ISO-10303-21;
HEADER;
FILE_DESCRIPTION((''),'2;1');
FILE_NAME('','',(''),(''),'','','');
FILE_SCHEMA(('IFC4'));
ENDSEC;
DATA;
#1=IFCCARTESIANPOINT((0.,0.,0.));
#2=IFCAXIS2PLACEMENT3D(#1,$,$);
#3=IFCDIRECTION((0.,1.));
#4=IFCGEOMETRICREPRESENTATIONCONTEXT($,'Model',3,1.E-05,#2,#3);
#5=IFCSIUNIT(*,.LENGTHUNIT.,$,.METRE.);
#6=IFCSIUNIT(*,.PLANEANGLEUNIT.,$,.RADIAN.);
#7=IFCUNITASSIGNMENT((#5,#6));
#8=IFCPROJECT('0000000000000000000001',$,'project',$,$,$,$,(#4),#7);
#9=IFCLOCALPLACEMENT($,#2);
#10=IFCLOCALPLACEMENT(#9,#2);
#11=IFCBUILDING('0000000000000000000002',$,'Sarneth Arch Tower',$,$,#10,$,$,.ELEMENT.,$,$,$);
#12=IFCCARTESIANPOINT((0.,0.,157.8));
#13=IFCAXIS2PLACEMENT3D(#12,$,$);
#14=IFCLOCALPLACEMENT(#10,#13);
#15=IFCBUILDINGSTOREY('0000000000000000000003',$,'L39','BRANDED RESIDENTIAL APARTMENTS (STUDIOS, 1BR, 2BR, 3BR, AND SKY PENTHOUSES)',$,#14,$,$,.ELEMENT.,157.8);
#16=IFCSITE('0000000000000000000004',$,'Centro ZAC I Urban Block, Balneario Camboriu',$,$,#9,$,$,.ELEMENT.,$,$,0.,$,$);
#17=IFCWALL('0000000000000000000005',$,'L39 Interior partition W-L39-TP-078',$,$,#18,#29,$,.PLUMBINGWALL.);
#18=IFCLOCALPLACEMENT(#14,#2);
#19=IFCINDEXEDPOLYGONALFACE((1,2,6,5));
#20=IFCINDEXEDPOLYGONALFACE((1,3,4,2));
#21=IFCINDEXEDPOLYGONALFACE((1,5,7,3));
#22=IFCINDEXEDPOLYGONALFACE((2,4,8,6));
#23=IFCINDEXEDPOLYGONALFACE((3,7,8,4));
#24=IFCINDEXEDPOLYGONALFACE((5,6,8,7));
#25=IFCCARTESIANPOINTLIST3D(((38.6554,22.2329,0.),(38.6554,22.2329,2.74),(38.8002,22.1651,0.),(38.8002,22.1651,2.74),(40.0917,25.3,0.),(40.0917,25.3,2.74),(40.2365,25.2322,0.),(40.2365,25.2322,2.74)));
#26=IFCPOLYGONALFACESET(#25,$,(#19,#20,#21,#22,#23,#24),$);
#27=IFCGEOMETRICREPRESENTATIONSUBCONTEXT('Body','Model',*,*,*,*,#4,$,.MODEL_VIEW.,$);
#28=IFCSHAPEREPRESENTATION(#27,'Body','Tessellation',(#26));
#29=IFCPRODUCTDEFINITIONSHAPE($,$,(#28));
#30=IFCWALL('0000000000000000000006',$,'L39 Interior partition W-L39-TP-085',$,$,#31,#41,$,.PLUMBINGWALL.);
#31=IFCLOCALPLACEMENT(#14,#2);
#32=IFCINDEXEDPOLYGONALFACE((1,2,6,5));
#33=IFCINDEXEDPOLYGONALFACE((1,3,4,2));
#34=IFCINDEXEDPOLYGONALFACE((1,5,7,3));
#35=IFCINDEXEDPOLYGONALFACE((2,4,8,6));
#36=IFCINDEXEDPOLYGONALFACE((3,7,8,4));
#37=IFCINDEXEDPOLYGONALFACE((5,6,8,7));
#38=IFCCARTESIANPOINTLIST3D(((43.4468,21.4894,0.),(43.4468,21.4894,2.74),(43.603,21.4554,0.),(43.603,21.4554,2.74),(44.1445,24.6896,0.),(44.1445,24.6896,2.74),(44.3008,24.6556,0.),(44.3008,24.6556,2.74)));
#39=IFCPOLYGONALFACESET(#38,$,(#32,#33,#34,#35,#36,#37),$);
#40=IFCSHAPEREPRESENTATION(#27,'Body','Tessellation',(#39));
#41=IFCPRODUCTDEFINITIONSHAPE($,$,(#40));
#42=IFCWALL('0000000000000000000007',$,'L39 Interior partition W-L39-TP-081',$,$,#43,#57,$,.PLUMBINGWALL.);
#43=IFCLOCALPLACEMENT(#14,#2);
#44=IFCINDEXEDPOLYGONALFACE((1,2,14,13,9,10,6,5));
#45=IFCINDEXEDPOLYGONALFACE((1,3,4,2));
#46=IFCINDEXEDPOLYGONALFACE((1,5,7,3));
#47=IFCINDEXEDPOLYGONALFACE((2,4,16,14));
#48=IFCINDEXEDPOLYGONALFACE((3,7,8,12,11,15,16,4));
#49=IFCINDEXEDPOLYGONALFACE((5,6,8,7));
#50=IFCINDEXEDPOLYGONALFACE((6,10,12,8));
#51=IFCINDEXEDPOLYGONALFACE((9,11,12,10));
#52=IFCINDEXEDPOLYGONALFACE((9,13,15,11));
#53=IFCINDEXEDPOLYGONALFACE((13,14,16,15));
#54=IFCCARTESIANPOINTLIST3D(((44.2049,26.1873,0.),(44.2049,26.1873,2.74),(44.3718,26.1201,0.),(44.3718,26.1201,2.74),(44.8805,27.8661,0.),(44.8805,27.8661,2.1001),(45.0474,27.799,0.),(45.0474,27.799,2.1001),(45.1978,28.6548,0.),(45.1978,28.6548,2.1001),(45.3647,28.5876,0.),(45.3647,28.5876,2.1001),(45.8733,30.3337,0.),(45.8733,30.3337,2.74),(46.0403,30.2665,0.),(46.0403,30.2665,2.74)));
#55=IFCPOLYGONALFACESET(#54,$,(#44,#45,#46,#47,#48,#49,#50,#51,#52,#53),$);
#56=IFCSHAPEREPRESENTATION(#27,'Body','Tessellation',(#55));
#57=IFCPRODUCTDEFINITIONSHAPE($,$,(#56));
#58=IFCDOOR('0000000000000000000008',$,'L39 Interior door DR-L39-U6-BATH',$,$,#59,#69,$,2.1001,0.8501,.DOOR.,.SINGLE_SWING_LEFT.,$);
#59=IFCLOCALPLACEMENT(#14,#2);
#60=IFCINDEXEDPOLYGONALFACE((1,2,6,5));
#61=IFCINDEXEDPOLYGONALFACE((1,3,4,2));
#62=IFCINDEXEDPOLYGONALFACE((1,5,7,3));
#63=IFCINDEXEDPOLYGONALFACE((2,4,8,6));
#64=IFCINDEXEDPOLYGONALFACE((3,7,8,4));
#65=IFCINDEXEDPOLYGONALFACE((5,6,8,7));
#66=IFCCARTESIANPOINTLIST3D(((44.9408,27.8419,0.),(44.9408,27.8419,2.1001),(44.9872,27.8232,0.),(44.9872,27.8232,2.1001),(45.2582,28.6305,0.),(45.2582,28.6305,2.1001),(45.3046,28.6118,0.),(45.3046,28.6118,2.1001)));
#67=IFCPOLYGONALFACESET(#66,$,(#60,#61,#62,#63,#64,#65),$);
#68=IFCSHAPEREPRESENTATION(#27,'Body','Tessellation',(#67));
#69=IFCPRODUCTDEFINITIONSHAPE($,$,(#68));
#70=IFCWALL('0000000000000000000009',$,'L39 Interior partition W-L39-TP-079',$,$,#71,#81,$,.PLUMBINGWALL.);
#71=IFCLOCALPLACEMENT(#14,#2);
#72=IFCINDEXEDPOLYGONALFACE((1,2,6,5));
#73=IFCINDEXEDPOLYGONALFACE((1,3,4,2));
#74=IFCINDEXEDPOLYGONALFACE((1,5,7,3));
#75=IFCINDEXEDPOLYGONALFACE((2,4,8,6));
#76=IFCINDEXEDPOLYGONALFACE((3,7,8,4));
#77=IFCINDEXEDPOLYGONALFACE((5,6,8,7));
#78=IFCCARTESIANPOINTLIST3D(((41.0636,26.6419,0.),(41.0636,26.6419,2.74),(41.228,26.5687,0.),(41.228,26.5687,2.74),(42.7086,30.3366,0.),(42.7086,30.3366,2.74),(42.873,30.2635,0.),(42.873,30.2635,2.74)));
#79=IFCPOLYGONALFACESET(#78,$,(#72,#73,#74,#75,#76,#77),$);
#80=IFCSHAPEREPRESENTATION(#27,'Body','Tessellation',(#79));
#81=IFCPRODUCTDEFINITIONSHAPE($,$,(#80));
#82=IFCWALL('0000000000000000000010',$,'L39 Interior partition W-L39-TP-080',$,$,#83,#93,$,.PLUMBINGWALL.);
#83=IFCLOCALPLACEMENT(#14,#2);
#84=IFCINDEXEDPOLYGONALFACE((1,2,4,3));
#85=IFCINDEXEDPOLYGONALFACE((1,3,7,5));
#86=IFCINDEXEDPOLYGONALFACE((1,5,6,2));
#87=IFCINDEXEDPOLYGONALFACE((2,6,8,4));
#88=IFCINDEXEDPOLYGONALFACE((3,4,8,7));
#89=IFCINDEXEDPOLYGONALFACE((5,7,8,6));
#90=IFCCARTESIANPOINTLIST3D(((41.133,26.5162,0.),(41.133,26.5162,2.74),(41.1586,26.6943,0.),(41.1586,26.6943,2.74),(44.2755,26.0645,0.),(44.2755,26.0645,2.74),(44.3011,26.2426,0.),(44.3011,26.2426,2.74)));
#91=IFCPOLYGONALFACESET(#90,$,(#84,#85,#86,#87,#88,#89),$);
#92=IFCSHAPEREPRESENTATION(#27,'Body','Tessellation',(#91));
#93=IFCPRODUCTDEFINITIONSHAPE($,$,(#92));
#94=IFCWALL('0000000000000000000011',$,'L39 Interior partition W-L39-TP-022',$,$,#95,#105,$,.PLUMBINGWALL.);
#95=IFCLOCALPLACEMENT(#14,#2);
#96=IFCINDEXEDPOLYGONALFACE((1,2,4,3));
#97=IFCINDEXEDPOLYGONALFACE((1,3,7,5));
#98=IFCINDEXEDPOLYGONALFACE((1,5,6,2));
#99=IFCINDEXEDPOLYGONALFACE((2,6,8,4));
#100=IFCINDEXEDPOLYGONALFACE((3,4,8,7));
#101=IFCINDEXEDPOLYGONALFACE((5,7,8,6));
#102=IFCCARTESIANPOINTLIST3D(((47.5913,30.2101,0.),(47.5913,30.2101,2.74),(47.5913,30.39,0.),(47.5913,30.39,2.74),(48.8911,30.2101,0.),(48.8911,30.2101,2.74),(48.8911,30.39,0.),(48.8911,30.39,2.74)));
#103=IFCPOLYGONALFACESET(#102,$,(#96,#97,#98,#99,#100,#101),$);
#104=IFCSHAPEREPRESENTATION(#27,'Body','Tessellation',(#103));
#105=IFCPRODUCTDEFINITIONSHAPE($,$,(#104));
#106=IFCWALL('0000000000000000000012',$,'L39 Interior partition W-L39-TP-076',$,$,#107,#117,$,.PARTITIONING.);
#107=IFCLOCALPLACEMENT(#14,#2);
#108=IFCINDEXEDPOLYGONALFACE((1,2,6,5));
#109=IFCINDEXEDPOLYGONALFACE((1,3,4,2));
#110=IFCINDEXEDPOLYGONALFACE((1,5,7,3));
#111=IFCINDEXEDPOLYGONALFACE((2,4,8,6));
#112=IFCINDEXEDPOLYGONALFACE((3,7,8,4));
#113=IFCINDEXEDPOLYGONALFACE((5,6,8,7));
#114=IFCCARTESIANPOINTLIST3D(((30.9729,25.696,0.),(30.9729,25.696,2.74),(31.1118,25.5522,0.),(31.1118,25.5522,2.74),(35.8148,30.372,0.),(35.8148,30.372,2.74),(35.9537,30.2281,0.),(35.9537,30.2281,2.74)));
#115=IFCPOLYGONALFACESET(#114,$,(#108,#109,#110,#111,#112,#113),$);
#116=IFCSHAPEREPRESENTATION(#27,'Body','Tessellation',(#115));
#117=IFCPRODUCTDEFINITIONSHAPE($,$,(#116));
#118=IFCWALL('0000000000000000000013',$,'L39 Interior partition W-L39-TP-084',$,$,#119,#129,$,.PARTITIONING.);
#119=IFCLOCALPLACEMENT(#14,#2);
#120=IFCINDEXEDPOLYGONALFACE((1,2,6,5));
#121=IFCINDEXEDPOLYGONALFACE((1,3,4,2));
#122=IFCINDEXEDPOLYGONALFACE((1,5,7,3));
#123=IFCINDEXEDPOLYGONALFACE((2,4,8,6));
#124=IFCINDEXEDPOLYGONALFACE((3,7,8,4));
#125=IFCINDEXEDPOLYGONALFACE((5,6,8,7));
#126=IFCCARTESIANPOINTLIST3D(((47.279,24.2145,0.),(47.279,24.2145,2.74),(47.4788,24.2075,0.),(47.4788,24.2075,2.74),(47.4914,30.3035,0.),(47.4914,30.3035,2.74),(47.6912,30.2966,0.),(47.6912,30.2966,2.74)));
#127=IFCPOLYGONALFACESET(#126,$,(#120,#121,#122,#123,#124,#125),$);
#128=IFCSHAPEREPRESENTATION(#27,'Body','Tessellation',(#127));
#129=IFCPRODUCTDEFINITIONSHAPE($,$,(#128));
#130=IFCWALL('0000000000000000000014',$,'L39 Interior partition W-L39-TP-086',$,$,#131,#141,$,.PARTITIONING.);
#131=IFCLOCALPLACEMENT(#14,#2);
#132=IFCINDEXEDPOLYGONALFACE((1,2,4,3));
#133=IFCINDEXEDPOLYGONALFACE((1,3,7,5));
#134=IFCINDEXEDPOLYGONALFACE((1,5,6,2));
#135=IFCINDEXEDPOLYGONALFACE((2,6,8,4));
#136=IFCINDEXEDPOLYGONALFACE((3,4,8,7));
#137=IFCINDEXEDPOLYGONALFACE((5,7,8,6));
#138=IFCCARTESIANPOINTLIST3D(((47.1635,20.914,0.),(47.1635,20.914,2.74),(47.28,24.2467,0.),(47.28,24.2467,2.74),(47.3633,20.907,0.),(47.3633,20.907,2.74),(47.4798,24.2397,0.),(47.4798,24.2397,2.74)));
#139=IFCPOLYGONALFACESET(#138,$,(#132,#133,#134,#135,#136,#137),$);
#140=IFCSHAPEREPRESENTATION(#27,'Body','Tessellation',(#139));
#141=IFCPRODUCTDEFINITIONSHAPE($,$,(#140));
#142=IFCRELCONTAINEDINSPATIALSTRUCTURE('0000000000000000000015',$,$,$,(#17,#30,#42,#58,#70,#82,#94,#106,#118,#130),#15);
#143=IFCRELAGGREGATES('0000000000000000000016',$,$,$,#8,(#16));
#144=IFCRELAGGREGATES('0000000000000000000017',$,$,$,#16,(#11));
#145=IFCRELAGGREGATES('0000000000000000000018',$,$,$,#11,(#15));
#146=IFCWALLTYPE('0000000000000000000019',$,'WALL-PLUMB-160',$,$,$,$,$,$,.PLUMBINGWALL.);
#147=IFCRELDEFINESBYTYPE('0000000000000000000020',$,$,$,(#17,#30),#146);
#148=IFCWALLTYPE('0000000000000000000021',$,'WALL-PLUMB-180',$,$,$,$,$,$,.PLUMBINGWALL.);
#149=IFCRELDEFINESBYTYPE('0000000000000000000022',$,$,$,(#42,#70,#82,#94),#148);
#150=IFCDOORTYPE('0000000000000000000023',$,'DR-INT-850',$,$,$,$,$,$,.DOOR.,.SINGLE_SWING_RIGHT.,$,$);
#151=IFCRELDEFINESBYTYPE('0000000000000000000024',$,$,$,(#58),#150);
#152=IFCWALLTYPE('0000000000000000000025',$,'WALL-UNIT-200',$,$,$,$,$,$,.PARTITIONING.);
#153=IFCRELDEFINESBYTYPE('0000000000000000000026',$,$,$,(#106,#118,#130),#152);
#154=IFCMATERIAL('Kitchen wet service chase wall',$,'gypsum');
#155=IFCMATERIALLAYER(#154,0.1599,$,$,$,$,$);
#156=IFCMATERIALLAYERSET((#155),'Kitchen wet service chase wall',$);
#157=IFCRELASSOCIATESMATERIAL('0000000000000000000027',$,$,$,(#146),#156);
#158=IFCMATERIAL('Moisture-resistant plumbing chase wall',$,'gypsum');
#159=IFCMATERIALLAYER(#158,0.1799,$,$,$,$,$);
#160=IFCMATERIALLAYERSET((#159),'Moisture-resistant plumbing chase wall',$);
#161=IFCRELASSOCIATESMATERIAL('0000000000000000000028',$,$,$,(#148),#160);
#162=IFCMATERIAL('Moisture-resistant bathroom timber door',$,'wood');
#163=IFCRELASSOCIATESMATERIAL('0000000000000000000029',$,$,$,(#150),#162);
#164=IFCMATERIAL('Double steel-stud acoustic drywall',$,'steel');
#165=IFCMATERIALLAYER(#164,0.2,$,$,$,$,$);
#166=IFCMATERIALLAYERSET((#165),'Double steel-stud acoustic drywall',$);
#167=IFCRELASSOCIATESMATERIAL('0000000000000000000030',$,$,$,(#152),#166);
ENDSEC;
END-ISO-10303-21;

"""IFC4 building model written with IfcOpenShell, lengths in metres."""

from ifc_helpers import new_model, si_unit, direction, frame, frame_2d, origin, place, context, subcontext, project, spatial, rectangle, extrude, material, layer, layer_set, type_object, element, fill, save


model = new_model("IFC4")

# Units and contexts
model_context = context("Model", 3, precision=1e-05, world=origin(), true_north=direction((0.0, 1.0)))
body_context = subcontext(model_context, "Body", "Model", "MODEL_VIEW")
ifc_project = project(units=[si_unit("LENGTHUNIT", "METRE"), si_unit("PLANEANGLEUNIT", "RADIAN")], contexts=[model_context])

# Site, building, storey
site_placement = place(None, origin())
site = spatial("IfcSite", under=ifc_project, at=site_placement, Name="Centro ZAC I Urban Block, Balneario Camboriu", CompositionType="ELEMENT", RefElevation=0.0)
building_placement = place(site_placement, origin())
building = spatial("IfcBuilding", under=site, at=building_placement, Name="Sarneth Arch Tower", CompositionType="ELEMENT")
storey_placement = place(building_placement, frame((0.0, 0.0, 157.8)))
storey = spatial("IfcBuildingStorey", under=building, at=storey_placement, Name="L39", Description="BRANDED RESIDENTIAL APARTMENTS (STUDIOS, 1BR, 2BR, 3BR, AND SKY PENTHOUSES)", CompositionType="ELEMENT", Elevation=157.8)

# Shared definitions
ifc_material_1 = material(Name="Kitchen wet service chase wall", Category="gypsum")
ifc_layer_1 = layer(ifc_material_1, 0.1599)
ifc_layer_set_1 = layer_set([ifc_layer_1], Name="Kitchen wet service chase wall")
wall_type_1 = type_object("IfcWallType", Name="WALL-PLUMB-160", PredefinedType="PLUMBINGWALL", material=ifc_layer_set_1)

# Walls
wall_1_placement = place(storey_placement, frame((40.1641, 25.2661, 0.0), z_axis=(0.0, 0.0, 1.0), x_axis=(-0.424085, -0.905622, 0.0)))
element("IfcWall", 1, at=wall_1_placement, inside=storey, type_object=wall_type_1, Name="L39 Interior partition W-L39-TP-078", PredefinedType="PLUMBINGWALL", context=body_context, shape_type="SweptSolid", body=[
    extrude(rectangle(XDim=3.3867, YDim=0.1599, at=frame_2d((1.6934, 0.0))), origin(), (0.0, 0.0, 1.0), 2.74),
])
wall_2_placement = place(storey_placement, frame((44.2227, 24.6726, 0.0), z_axis=(0.0, 0.0, 1.0), x_axis=(-0.21303, -0.977046, 0.0)))
element("IfcWall", 2, at=wall_2_placement, inside=storey, type_object=wall_type_1, Name="L39 Interior partition W-L39-TP-085", PredefinedType="PLUMBINGWALL", context=body_context, shape_type="SweptSolid", body=[
    extrude(rectangle(XDim=3.2754, YDim=0.1599, at=frame_2d((1.6377, 0.0))), origin(), (0.0, 0.0, 1.0), 2.74),
])

# Wall, opening, door
ifc_material_2 = material(Name="Moisture-resistant plumbing chase wall", Category="gypsum")
ifc_layer_2 = layer(ifc_material_2, 0.1799)
ifc_layer_set_2 = layer_set([ifc_layer_2], Name="Moisture-resistant plumbing chase wall")
wall_type_2 = type_object("IfcWallType", Name="WALL-PLUMB-180", PredefinedType="PLUMBINGWALL", material=ifc_layer_set_2)
wall_3_placement = place(storey_placement, frame((44.2883, 26.1536, 0.0), z_axis=(0.0, 0.0, 1.0), x_axis=(0.373292, 0.927714, 0.0)))
wall_3 = element("IfcWall", 3, at=wall_3_placement, inside=storey, type_object=wall_type_2, Name="L39 Interior partition W-L39-TP-081", PredefinedType="PLUMBINGWALL", context=body_context, shape_type="SweptSolid", body=[
    extrude(rectangle(XDim=4.4695, YDim=0.1799, at=frame_2d((2.2349, 0.0))), origin(), (0.0, 0.0, 1.0), 2.74),
])
opening_1_placement = place(wall_3_placement, frame((1.8098, 0.0, 0.0)))
opening_1 = element("IfcOpeningElement", 4, at=opening_1_placement, cuts=wall_3, PredefinedType="OPENING", context=body_context, shape_type="SweptSolid", body=[
    extrude(rectangle(XDim=0.8501, YDim=2.1001, at=frame_2d((0.425, 1.05))), frame((0.0, 0.0999, 0.0), z_axis=(0.0, -1.0, 0.0), x_axis=(1.0, 0.0, 0.0)), (0.0, 0.0, 1.0), 0.2),
])
ifc_material_3 = material(Name="Moisture-resistant bathroom timber door", Category="wood")
door_type_1 = type_object("IfcDoorType", Name="DR-INT-850", OperationType="SINGLE_SWING_RIGHT", PredefinedType="DOOR", material=ifc_material_3)
door_1_placement = place(opening_1_placement, origin())
door_1 = element("IfcDoor", 5, at=door_1_placement, inside=storey, type_object=door_type_1, Name="L39 Interior door DR-L39-U6-BATH", OperationType="SINGLE_SWING_LEFT", OverallHeight=2.1001, OverallWidth=0.8501, PredefinedType="DOOR", context=body_context, shape_type="SweptSolid", body=[
    extrude(rectangle(XDim=0.8501, YDim=2.1001, at=frame_2d((0.425, 1.05))), frame((0.0, 0.0249, 0.0), z_axis=(0.0, -1.0, 0.0), x_axis=(1.0, 0.0, 0.0)), (0.0, 0.0, 1.0), 0.05),
])
fill(opening_1, door_1)

# Walls
wall_4_placement = place(storey_placement, frame((42.7908, 30.3, 0.0), z_axis=(0.0, 0.0, 1.0), x_axis=(-0.406732, -0.913547, 0.0)))
element("IfcWall", 6, at=wall_4_placement, inside=storey, type_object=wall_type_2, Name="L39 Interior partition W-L39-TP-079", PredefinedType="PLUMBINGWALL", context=body_context, shape_type="SweptSolid", body=[
    extrude(rectangle(XDim=4.0444, YDim=0.1799, at=frame_2d((2.0222, 0.0))), origin(), (0.0, 0.0, 1.0), 2.74),
])
wall_5_placement = place(storey_placement, frame((41.1458, 26.6052, 0.0), z_axis=(0.0, 0.0, 1.0), x_axis=(0.989829, -0.142261, 0.0)))
element("IfcWall", 7, at=wall_5_placement, inside=storey, type_object=wall_type_2, Name="L39 Interior partition W-L39-TP-080", PredefinedType="PLUMBINGWALL", context=body_context, shape_type="SweptSolid", body=[
    extrude(rectangle(XDim=3.1748, YDim=0.1799, at=frame_2d((1.5874, 0.0))), origin(), (0.0, 0.0, 1.0), 2.74),
])
wall_6_placement = place(storey_placement, frame((47.5913, 30.3, 0.0), z_axis=(0.0, 0.0, 1.0), x_axis=(1.0, 0.0, 0.0)))
element("IfcWall", 8, at=wall_6_placement, inside=storey, type_object=wall_type_2, Name="L39 Interior partition W-L39-TP-022", PredefinedType="PLUMBINGWALL", context=body_context, shape_type="SweptSolid", body=[
    extrude(rectangle(XDim=1.2998, YDim=0.1799, at=frame_2d((0.6499, 0.0))), origin(), (0.0, 0.0, 1.0), 2.74),
])
ifc_material_4 = material(Name="Double steel-stud acoustic drywall", Category="steel")
ifc_layer_3 = layer(ifc_material_4, 0.2)
ifc_layer_set_3 = layer_set([ifc_layer_3], Name="Double steel-stud acoustic drywall")
wall_type_3 = type_object("IfcWallType", Name="WALL-UNIT-200", PredefinedType="PARTITIONING", material=ifc_layer_set_3)
wall_7_placement = place(storey_placement, frame((31.0422, 25.624, 0.0), z_axis=(0.0, 0.0, 1.0), x_axis=(0.719331, 0.694668, 0.0)))
element("IfcWall", 9, at=wall_7_placement, inside=storey, type_object=wall_type_3, Name="L39 Interior partition W-L39-TP-076", PredefinedType="PARTITIONING", context=body_context, shape_type="SweptSolid", body=[
    extrude(rectangle(XDim=6.7312, YDim=0.2, at=frame_2d((3.3657, 0.0))), origin(), (0.0, 0.0, 1.0), 2.74),
])
wall_8_placement = place(storey_placement, frame((47.5913, 30.3, 0.0), z_axis=(0.0, 0.0, 1.0), x_axis=(-0.034861, -0.999392, 0.0)))
element("IfcWall", 10, at=wall_8_placement, inside=storey, type_object=wall_type_3, Name="L39 Interior partition W-L39-TP-084", PredefinedType="PARTITIONING", context=body_context, shape_type="SweptSolid", body=[
    extrude(rectangle(XDim=6.0928, YDim=0.2, at=frame_2d((3.0464, 0.0))), origin(), (0.0, 0.0, 1.0), 2.74),
])
wall_9_placement = place(storey_placement, frame((47.2634, 20.9104, 0.0), z_axis=(0.0, 0.0, 1.0), x_axis=(0.034921, 0.99939, 0.0)))
element("IfcWall", 11, at=wall_9_placement, inside=storey, type_object=wall_type_3, Name="L39 Interior partition W-L39-TP-086", PredefinedType="PARTITIONING", context=body_context, shape_type="SweptSolid", body=[
    extrude(rectangle(XDim=3.3347, YDim=0.2, at=frame_2d((1.6675, 0.0))), origin(), (0.0, 0.0, 1.0), 2.74),
])

save(model, "model.ifc")
